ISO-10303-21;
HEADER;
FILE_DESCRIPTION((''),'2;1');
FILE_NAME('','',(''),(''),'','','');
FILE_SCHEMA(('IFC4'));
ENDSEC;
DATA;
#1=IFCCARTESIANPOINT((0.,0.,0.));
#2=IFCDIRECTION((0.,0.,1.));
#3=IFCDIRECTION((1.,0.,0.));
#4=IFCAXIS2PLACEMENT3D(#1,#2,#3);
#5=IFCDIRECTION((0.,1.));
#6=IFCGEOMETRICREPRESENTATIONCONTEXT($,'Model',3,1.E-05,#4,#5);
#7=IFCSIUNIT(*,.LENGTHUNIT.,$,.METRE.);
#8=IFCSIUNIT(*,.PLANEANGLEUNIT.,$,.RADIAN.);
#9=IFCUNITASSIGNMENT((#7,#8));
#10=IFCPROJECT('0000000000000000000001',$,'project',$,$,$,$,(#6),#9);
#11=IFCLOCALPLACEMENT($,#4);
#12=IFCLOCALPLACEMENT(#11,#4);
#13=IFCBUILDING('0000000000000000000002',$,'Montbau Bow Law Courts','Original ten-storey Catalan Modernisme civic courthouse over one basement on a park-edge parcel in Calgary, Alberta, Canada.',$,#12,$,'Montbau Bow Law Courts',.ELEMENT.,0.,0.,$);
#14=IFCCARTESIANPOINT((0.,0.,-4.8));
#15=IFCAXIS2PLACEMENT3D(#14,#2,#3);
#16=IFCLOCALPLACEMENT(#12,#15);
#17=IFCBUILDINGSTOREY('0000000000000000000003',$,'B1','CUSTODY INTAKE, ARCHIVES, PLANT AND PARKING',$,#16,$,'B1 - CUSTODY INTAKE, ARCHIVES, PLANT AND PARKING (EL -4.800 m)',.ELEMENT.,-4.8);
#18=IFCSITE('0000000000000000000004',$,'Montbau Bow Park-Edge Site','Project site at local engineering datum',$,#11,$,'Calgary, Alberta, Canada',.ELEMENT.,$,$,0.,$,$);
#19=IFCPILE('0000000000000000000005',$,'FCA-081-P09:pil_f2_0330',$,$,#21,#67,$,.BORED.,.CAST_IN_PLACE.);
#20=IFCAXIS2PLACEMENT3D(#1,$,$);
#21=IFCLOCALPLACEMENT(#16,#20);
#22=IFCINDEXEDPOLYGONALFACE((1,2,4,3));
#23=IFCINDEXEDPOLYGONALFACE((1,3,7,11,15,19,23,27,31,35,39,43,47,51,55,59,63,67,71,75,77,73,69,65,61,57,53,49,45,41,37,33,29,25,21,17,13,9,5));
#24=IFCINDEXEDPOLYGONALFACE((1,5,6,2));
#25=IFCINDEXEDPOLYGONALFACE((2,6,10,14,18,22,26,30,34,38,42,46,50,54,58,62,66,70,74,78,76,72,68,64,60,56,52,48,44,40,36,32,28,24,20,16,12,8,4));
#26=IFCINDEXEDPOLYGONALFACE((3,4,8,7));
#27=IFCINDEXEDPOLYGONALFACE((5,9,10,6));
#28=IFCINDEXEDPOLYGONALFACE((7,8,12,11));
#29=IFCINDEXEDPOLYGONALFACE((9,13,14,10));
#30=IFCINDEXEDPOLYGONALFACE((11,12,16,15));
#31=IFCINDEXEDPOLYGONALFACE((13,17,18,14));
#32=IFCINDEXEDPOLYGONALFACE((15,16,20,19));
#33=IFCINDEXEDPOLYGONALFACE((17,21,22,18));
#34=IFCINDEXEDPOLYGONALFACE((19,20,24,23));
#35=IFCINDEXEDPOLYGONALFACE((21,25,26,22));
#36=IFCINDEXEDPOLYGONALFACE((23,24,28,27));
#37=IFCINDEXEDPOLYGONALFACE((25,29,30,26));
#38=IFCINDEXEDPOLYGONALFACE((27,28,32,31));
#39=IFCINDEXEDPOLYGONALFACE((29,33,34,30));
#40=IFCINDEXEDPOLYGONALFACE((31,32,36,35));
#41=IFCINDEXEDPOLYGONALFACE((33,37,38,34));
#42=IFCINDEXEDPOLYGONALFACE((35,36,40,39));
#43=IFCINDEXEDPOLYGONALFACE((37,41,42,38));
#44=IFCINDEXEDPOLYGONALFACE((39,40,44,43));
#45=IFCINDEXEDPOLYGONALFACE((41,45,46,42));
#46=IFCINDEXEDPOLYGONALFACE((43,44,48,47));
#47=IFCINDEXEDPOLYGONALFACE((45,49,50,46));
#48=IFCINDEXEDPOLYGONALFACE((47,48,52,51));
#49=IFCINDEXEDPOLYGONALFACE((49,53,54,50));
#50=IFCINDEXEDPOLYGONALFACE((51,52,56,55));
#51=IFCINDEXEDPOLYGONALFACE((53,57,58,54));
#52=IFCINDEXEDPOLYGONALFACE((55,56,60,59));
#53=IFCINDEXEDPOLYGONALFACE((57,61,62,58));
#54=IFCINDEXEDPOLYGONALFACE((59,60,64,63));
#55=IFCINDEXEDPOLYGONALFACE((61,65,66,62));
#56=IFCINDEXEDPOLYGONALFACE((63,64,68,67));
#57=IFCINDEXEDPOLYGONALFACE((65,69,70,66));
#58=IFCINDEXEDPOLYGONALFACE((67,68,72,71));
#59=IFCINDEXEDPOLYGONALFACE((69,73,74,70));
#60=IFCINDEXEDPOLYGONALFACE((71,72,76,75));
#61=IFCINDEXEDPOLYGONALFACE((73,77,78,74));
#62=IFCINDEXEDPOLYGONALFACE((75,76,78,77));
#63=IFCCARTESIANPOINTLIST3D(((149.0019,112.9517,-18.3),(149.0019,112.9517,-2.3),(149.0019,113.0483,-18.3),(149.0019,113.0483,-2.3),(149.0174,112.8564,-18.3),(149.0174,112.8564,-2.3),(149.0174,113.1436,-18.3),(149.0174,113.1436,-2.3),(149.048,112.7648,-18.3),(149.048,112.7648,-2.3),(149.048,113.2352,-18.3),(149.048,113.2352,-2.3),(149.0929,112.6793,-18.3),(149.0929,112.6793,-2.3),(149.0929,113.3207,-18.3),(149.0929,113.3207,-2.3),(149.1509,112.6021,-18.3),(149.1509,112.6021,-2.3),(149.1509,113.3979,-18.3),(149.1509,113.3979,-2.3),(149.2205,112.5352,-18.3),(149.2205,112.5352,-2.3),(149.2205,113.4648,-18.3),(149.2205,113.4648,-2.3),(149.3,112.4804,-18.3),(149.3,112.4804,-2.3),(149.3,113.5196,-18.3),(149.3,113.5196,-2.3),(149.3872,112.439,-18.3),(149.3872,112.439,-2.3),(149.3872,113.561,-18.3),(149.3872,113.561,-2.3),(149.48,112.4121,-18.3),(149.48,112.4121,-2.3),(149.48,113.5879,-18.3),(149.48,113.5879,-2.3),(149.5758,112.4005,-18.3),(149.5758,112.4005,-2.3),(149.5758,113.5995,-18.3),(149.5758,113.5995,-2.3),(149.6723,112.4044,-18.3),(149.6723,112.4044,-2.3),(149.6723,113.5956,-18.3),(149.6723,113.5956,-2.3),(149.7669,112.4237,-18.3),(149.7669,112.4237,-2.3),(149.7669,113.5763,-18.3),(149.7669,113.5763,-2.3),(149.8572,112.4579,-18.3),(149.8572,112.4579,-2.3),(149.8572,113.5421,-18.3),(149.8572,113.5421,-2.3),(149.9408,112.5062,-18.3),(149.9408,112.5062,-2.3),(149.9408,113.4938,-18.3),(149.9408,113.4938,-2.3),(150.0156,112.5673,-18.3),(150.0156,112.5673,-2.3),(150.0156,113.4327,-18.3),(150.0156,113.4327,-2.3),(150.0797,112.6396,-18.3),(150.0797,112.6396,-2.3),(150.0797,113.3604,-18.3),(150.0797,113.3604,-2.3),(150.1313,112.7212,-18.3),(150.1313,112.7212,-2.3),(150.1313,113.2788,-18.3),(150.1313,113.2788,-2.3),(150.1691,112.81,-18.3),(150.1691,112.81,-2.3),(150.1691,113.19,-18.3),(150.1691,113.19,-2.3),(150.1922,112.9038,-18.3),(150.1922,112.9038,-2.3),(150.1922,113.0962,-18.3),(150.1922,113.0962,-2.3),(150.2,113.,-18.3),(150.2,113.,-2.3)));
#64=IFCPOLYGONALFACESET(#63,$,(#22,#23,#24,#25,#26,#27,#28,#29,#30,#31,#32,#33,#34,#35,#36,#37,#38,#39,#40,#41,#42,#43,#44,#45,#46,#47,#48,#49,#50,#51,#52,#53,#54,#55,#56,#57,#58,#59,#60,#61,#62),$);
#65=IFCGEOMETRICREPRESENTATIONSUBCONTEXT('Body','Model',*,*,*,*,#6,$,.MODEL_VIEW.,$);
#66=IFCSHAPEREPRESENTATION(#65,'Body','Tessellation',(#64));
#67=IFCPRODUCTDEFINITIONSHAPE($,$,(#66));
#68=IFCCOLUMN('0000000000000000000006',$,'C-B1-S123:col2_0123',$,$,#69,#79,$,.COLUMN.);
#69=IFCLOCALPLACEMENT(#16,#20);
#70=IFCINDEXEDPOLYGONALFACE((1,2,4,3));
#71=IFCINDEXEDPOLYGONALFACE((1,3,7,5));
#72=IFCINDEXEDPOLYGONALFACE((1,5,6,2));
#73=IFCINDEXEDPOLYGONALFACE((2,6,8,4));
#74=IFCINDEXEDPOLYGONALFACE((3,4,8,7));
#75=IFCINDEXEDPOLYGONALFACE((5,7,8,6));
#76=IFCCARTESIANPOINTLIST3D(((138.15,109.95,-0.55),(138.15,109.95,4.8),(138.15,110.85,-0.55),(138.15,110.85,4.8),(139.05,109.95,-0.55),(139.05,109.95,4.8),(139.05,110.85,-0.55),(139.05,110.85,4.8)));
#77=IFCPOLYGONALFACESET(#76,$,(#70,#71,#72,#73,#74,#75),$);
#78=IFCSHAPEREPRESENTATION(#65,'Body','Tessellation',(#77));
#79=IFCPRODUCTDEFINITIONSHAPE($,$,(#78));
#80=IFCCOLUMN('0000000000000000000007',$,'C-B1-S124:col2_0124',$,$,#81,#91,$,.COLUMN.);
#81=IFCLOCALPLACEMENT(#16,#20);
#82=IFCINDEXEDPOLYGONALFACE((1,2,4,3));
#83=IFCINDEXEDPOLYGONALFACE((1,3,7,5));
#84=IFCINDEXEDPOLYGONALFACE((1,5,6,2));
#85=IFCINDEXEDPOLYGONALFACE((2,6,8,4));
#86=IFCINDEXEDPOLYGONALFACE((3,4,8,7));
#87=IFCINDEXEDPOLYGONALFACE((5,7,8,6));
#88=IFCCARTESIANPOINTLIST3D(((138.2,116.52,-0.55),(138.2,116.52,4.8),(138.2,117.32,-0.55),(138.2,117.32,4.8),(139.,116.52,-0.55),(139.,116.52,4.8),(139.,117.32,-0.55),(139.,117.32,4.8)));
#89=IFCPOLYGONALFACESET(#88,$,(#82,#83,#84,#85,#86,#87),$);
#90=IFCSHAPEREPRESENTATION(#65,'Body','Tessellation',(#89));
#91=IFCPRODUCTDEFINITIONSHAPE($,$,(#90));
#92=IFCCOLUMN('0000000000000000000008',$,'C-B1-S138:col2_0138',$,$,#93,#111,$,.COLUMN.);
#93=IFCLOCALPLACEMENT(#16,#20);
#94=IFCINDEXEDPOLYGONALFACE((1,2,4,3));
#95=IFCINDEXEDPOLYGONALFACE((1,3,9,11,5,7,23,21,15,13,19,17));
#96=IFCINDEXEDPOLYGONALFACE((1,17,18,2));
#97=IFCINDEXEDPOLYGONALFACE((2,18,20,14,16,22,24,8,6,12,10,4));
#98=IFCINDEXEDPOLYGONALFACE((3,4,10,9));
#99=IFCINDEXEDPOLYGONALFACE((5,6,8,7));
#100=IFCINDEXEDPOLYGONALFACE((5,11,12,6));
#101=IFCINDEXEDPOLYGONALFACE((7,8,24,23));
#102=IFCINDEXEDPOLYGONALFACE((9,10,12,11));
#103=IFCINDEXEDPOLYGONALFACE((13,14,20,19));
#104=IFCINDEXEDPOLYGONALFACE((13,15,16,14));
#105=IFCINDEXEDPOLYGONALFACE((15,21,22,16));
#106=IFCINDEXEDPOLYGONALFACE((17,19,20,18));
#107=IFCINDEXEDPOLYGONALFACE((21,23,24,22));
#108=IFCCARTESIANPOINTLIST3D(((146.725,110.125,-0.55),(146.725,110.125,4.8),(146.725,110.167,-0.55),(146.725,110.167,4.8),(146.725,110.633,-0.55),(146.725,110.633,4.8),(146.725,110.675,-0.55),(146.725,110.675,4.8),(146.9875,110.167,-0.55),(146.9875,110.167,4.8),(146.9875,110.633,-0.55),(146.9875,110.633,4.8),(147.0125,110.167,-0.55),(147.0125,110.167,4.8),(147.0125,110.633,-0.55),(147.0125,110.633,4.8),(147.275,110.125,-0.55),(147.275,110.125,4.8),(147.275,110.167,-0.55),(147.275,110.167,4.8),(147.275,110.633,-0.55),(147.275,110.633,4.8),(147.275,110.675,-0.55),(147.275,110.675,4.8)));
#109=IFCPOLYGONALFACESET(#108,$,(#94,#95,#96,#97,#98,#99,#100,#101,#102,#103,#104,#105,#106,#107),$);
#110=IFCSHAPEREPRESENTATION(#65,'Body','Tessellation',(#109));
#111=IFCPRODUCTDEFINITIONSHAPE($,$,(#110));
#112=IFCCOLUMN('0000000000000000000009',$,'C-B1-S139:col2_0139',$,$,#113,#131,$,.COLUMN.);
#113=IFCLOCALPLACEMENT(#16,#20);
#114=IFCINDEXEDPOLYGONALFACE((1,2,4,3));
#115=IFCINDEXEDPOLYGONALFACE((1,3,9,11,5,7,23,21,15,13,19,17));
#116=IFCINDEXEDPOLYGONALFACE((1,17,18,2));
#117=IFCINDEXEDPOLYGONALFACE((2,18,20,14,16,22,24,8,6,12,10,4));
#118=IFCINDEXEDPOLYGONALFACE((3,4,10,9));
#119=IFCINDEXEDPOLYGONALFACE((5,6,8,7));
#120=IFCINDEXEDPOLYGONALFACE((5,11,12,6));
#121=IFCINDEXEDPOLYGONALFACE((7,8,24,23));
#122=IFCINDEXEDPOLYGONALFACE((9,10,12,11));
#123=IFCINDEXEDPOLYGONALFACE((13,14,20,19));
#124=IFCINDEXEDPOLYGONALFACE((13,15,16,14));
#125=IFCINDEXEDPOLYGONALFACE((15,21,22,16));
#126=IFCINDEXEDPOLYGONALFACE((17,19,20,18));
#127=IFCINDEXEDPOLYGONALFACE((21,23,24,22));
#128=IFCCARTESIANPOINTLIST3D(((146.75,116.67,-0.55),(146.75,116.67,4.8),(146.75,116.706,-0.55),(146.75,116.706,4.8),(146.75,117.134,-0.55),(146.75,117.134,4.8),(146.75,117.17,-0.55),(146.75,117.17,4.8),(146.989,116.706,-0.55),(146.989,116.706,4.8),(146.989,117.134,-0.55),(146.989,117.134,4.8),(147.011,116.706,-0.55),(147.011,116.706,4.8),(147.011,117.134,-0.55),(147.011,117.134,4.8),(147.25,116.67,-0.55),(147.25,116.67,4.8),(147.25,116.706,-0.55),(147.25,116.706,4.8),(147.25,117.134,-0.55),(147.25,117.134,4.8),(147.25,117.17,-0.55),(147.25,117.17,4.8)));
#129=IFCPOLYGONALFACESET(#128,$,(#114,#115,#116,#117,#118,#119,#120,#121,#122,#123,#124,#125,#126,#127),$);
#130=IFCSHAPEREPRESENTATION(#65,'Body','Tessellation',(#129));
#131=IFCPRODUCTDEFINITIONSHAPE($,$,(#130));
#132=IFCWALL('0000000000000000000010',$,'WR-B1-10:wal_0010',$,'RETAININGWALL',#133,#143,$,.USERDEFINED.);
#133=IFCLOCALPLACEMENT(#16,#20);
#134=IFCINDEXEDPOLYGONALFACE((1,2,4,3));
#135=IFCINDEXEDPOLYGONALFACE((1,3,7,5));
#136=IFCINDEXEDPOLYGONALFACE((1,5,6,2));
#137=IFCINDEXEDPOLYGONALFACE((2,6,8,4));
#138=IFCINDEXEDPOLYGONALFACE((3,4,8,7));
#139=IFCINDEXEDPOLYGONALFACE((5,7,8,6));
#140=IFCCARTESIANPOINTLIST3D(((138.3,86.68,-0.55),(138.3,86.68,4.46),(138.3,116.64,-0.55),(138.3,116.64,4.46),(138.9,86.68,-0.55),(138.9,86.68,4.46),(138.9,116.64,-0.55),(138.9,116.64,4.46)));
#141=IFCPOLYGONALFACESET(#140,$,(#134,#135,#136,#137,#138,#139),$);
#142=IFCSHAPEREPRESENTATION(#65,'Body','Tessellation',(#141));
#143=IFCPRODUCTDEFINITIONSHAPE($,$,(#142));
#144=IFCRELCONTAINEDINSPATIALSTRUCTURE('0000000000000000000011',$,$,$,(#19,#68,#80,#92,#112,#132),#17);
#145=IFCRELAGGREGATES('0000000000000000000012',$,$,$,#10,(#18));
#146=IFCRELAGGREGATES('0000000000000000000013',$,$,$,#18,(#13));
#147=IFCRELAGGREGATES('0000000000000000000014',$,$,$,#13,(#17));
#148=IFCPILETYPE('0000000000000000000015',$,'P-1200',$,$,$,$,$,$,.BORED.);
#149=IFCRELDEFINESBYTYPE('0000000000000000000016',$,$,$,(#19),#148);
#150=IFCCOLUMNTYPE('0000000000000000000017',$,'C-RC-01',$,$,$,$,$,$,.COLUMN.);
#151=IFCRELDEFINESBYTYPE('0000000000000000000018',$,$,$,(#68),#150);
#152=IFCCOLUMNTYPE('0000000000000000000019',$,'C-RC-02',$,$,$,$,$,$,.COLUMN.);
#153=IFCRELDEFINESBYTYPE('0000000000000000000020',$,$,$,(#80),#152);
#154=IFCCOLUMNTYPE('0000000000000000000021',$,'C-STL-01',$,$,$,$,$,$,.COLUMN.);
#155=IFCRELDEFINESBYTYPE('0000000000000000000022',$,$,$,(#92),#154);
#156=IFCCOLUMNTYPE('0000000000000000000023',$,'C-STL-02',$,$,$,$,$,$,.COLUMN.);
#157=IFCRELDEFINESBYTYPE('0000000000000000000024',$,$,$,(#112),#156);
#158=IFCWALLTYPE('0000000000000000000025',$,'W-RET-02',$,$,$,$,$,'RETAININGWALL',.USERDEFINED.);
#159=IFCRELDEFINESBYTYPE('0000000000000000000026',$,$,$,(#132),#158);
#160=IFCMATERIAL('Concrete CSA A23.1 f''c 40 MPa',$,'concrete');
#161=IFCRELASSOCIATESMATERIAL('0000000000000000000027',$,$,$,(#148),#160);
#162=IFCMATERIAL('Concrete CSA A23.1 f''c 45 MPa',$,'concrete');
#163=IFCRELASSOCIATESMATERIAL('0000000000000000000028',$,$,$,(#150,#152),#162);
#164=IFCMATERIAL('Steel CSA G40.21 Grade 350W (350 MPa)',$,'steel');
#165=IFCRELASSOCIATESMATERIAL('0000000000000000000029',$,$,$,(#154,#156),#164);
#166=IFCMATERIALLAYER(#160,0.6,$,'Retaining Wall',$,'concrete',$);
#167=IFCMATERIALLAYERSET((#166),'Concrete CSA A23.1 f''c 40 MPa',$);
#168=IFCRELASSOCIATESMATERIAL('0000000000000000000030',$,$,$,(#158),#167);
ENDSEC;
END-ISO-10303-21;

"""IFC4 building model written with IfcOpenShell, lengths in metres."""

from ifc_helpers import new_model, si_unit, direction, frame, frame_2d, origin_with_axes, origin_2d_with_axis, place, context, subcontext, project, spatial, rectangle, circle, i_section, extrude, material, layer, layer_set, material_profile, profile_set, type_object, element, save


model = new_model("IFC4")

# Units and contexts
model_context = context("Model", 3, precision=1e-05, world=origin_with_axes(), true_north=direction((0.0, 1.0)))
body_context = subcontext(model_context, "Body", "Model", "MODEL_VIEW")
ifc_project = project(units=[si_unit("LENGTHUNIT", "METRE"), si_unit("PLANEANGLEUNIT", "RADIAN")], contexts=[model_context])

# Site, building, storey
site_placement = place(None, origin_with_axes())
site = spatial("IfcSite", under=ifc_project, at=site_placement, Name="Montbau Bow Park-Edge Site", Description="Project site at local engineering datum", LongName="Calgary, Alberta, Canada", CompositionType="ELEMENT", RefElevation=0.0)
building_placement = place(site_placement, origin_with_axes())
building = spatial("IfcBuilding", under=site, at=building_placement, Name="Montbau Bow Law Courts", Description="Original ten-storey Catalan Modernisme civic courthouse over one basement on a park-edge parcel in Calgary, Alberta, Canada.", LongName="Montbau Bow Law Courts", CompositionType="ELEMENT", ElevationOfRefHeight=0.0, ElevationOfTerrain=0.0)
storey_placement = place(building_placement, frame((0.0, 0.0, -4.8), z_axis=(0.0, 0.0, 1.0), x_axis=(1.0, 0.0, 0.0)))
storey = spatial("IfcBuildingStorey", under=building, at=storey_placement, Name="B1", Description="CUSTODY INTAKE, ARCHIVES, PLANT AND PARKING", LongName="B1 - CUSTODY INTAKE, ARCHIVES, PLANT AND PARKING (EL -4.800 m)", CompositionType="ELEMENT", Elevation=-4.8)

# Pile
ifc_material_1 = material(Name="Concrete CSA A23.1 f'c 40 MPa", Category="concrete")
ifc_material_profile_1 = material_profile(ifc_material_1, circle(Radius=0.6, at=origin_2d_with_axis()), Name="BP1200", Category="Main", Priority=0)
ifc_profile_set_1 = profile_set([ifc_material_profile_1], Name="Concrete CSA A23.1 f'c 40 MPa")
pile_type_1 = type_object("IfcPileType", Name="P-1200", PredefinedType="BORED", material=ifc_profile_set_1)
for number, where, z_axis, x_axis, name in (
    (1, (149.6, 113.0, -23.1), (0.0, 0.0, 1.0), (1.0, 0.0, 0.0), "FCA-081-P09:pil_f2_0330"),
):
    element("IfcPile", number, at=place(None, frame(where, z_axis=z_axis, x_axis=x_axis)), inside=storey, type_object=pile_type_1, Name=name, ConstructionType="CAST_IN_PLACE", PredefinedType="BORED", context=body_context, shape_type="SweptSolid", body=[
        extrude(circle(Radius=0.6, at=origin_2d_with_axis()), origin_with_axes(), (0.0, 0.0, 1.0), 16.0),
    ])

# Columns
ifc_material_2 = material(Name="Concrete CSA A23.1 f'c 45 MPa", Category="concrete")
ifc_material_profile_2 = material_profile(ifc_material_2, rectangle(XDim=0.9, YDim=0.9, at=origin_2d_with_axis()), Name="RC900X900", Category="Main", Priority=0)
ifc_profile_set_2 = profile_set([ifc_material_profile_2], Name="Concrete CSA A23.1 f'c 45 MPa")
column_type_1 = type_object("IfcColumnType", Name="C-RC-01", PredefinedType="COLUMN", material=ifc_profile_set_2)
column_1_placement = place(None, frame((138.6, 110.4, -5.35), z_axis=(0.0, 0.0, 1.0), x_axis=(1.0, 0.0, 0.0)))
element("IfcColumn", 2, at=column_1_placement, inside=storey, type_object=column_type_1, Name="C-B1-S123:col2_0123", PredefinedType="COLUMN", context=body_context, shape_type="SweptSolid", body=[
    extrude(rectangle(XDim=0.9, YDim=0.9, at=origin_2d_with_axis()), origin_with_axes(), (0.0, 0.0, 1.0), 5.35),
])
ifc_material_profile_3 = material_profile(ifc_material_2, rectangle(XDim=0.8, YDim=0.8, at=origin_2d_with_axis()), Name="RC800X800", Category="Main", Priority=0)
ifc_profile_set_3 = profile_set([ifc_material_profile_3], Name="Concrete CSA A23.1 f'c 45 MPa")
column_type_2 = type_object("IfcColumnType", Name="C-RC-02", PredefinedType="COLUMN", material=ifc_profile_set_3)
column_2_placement = place(None, frame((138.6, 116.92, -5.35), z_axis=(0.0, 0.0, 1.0), x_axis=(1.0, 0.0, 0.0)))
element("IfcColumn", 3, at=column_2_placement, inside=storey, type_object=column_type_2, Name="C-B1-S124:col2_0124", PredefinedType="COLUMN", context=body_context, shape_type="SweptSolid", body=[
    extrude(rectangle(XDim=0.8, YDim=0.8, at=origin_2d_with_axis()), origin_with_axes(), (0.0, 0.0, 1.0), 5.35),
])
ifc_material_3 = material(Name="Steel CSA G40.21 Grade 350W (350 MPa)", Category="steel")
ifc_material_profile_4 = material_profile(ifc_material_3, i_section(OverallWidth=0.55, OverallDepth=0.55, WebThickness=0.025, FlangeThickness=0.042, at=origin_2d_with_axis()), Name="WWF550X420", Category="Main", Priority=0)
ifc_profile_set_4 = profile_set([ifc_material_profile_4], Name="Steel CSA G40.21 Grade 350W (350 MPa)")
column_type_3 = type_object("IfcColumnType", Name="C-STL-01", PredefinedType="COLUMN", material=ifc_profile_set_4)
column_3_placement = place(None, frame((147.0, 110.4, -5.35), z_axis=(0.0, 0.0, 1.0), x_axis=(1.0, 0.0, 0.0)))
element("IfcColumn", 4, at=column_3_placement, inside=storey, type_object=column_type_3, Name="C-B1-S138:col2_0138", PredefinedType="COLUMN", context=body_context, shape_type="SweptSolid", body=[
    extrude(i_section(OverallWidth=0.55, OverallDepth=0.55, WebThickness=0.025, FlangeThickness=0.042, at=origin_2d_with_axis()), origin_with_axes(), (0.0, 0.0, 1.0), 5.35),
])
ifc_material_profile_5 = material_profile(ifc_material_3, i_section(OverallWidth=0.5, OverallDepth=0.5, WebThickness=0.022, FlangeThickness=0.036, at=origin_2d_with_axis()), Name="WWF500X343", Category="Main", Priority=0)
ifc_profile_set_5 = profile_set([ifc_material_profile_5], Name="Steel CSA G40.21 Grade 350W (350 MPa)")
column_type_4 = type_object("IfcColumnType", Name="C-STL-02", PredefinedType="COLUMN", material=ifc_profile_set_5)
column_4_placement = place(None, frame((147.0, 116.92, -5.35), z_axis=(0.0, 0.0, 1.0), x_axis=(1.0, 0.0, 0.0)))
element("IfcColumn", 5, at=column_4_placement, inside=storey, type_object=column_type_4, Name="C-B1-S139:col2_0139", PredefinedType="COLUMN", context=body_context, shape_type="SweptSolid", body=[
    extrude(i_section(OverallWidth=0.5, OverallDepth=0.5, WebThickness=0.022, FlangeThickness=0.036, at=origin_2d_with_axis()), origin_with_axes(), (0.0, 0.0, 1.0), 5.35),
])

# Wall
ifc_layer = layer(ifc_material_1, 0.6, Name="Retaining Wall", Category="concrete")
ifc_layer_set = layer_set([ifc_layer], Name="Concrete CSA A23.1 f'c 40 MPa")
wall_type = type_object("IfcWallType", Name="W-RET-02", ElementType="RETAININGWALL", PredefinedType="USERDEFINED", material=ifc_layer_set)
wall_placement = place(None, frame((138.6, 116.64, -5.35), z_axis=(0.0, 0.0, 1.0), x_axis=(0.0, -1.0, 0.0)))
element("IfcWall", 6, at=wall_placement, inside=storey, type_object=wall_type, Name="WR-B1-10:wal_0010", ObjectType="RETAININGWALL", PredefinedType="USERDEFINED", context=body_context, shape_type="SweptSolid", body=[
    extrude(rectangle(XDim=29.96, YDim=0.6, at=frame_2d((14.98, 0.0), x_axis=(1.0, 0.0))), origin_with_axes(), (0.0, 0.0, 1.0), 5.01),
])

save(model, "model.ifc")
